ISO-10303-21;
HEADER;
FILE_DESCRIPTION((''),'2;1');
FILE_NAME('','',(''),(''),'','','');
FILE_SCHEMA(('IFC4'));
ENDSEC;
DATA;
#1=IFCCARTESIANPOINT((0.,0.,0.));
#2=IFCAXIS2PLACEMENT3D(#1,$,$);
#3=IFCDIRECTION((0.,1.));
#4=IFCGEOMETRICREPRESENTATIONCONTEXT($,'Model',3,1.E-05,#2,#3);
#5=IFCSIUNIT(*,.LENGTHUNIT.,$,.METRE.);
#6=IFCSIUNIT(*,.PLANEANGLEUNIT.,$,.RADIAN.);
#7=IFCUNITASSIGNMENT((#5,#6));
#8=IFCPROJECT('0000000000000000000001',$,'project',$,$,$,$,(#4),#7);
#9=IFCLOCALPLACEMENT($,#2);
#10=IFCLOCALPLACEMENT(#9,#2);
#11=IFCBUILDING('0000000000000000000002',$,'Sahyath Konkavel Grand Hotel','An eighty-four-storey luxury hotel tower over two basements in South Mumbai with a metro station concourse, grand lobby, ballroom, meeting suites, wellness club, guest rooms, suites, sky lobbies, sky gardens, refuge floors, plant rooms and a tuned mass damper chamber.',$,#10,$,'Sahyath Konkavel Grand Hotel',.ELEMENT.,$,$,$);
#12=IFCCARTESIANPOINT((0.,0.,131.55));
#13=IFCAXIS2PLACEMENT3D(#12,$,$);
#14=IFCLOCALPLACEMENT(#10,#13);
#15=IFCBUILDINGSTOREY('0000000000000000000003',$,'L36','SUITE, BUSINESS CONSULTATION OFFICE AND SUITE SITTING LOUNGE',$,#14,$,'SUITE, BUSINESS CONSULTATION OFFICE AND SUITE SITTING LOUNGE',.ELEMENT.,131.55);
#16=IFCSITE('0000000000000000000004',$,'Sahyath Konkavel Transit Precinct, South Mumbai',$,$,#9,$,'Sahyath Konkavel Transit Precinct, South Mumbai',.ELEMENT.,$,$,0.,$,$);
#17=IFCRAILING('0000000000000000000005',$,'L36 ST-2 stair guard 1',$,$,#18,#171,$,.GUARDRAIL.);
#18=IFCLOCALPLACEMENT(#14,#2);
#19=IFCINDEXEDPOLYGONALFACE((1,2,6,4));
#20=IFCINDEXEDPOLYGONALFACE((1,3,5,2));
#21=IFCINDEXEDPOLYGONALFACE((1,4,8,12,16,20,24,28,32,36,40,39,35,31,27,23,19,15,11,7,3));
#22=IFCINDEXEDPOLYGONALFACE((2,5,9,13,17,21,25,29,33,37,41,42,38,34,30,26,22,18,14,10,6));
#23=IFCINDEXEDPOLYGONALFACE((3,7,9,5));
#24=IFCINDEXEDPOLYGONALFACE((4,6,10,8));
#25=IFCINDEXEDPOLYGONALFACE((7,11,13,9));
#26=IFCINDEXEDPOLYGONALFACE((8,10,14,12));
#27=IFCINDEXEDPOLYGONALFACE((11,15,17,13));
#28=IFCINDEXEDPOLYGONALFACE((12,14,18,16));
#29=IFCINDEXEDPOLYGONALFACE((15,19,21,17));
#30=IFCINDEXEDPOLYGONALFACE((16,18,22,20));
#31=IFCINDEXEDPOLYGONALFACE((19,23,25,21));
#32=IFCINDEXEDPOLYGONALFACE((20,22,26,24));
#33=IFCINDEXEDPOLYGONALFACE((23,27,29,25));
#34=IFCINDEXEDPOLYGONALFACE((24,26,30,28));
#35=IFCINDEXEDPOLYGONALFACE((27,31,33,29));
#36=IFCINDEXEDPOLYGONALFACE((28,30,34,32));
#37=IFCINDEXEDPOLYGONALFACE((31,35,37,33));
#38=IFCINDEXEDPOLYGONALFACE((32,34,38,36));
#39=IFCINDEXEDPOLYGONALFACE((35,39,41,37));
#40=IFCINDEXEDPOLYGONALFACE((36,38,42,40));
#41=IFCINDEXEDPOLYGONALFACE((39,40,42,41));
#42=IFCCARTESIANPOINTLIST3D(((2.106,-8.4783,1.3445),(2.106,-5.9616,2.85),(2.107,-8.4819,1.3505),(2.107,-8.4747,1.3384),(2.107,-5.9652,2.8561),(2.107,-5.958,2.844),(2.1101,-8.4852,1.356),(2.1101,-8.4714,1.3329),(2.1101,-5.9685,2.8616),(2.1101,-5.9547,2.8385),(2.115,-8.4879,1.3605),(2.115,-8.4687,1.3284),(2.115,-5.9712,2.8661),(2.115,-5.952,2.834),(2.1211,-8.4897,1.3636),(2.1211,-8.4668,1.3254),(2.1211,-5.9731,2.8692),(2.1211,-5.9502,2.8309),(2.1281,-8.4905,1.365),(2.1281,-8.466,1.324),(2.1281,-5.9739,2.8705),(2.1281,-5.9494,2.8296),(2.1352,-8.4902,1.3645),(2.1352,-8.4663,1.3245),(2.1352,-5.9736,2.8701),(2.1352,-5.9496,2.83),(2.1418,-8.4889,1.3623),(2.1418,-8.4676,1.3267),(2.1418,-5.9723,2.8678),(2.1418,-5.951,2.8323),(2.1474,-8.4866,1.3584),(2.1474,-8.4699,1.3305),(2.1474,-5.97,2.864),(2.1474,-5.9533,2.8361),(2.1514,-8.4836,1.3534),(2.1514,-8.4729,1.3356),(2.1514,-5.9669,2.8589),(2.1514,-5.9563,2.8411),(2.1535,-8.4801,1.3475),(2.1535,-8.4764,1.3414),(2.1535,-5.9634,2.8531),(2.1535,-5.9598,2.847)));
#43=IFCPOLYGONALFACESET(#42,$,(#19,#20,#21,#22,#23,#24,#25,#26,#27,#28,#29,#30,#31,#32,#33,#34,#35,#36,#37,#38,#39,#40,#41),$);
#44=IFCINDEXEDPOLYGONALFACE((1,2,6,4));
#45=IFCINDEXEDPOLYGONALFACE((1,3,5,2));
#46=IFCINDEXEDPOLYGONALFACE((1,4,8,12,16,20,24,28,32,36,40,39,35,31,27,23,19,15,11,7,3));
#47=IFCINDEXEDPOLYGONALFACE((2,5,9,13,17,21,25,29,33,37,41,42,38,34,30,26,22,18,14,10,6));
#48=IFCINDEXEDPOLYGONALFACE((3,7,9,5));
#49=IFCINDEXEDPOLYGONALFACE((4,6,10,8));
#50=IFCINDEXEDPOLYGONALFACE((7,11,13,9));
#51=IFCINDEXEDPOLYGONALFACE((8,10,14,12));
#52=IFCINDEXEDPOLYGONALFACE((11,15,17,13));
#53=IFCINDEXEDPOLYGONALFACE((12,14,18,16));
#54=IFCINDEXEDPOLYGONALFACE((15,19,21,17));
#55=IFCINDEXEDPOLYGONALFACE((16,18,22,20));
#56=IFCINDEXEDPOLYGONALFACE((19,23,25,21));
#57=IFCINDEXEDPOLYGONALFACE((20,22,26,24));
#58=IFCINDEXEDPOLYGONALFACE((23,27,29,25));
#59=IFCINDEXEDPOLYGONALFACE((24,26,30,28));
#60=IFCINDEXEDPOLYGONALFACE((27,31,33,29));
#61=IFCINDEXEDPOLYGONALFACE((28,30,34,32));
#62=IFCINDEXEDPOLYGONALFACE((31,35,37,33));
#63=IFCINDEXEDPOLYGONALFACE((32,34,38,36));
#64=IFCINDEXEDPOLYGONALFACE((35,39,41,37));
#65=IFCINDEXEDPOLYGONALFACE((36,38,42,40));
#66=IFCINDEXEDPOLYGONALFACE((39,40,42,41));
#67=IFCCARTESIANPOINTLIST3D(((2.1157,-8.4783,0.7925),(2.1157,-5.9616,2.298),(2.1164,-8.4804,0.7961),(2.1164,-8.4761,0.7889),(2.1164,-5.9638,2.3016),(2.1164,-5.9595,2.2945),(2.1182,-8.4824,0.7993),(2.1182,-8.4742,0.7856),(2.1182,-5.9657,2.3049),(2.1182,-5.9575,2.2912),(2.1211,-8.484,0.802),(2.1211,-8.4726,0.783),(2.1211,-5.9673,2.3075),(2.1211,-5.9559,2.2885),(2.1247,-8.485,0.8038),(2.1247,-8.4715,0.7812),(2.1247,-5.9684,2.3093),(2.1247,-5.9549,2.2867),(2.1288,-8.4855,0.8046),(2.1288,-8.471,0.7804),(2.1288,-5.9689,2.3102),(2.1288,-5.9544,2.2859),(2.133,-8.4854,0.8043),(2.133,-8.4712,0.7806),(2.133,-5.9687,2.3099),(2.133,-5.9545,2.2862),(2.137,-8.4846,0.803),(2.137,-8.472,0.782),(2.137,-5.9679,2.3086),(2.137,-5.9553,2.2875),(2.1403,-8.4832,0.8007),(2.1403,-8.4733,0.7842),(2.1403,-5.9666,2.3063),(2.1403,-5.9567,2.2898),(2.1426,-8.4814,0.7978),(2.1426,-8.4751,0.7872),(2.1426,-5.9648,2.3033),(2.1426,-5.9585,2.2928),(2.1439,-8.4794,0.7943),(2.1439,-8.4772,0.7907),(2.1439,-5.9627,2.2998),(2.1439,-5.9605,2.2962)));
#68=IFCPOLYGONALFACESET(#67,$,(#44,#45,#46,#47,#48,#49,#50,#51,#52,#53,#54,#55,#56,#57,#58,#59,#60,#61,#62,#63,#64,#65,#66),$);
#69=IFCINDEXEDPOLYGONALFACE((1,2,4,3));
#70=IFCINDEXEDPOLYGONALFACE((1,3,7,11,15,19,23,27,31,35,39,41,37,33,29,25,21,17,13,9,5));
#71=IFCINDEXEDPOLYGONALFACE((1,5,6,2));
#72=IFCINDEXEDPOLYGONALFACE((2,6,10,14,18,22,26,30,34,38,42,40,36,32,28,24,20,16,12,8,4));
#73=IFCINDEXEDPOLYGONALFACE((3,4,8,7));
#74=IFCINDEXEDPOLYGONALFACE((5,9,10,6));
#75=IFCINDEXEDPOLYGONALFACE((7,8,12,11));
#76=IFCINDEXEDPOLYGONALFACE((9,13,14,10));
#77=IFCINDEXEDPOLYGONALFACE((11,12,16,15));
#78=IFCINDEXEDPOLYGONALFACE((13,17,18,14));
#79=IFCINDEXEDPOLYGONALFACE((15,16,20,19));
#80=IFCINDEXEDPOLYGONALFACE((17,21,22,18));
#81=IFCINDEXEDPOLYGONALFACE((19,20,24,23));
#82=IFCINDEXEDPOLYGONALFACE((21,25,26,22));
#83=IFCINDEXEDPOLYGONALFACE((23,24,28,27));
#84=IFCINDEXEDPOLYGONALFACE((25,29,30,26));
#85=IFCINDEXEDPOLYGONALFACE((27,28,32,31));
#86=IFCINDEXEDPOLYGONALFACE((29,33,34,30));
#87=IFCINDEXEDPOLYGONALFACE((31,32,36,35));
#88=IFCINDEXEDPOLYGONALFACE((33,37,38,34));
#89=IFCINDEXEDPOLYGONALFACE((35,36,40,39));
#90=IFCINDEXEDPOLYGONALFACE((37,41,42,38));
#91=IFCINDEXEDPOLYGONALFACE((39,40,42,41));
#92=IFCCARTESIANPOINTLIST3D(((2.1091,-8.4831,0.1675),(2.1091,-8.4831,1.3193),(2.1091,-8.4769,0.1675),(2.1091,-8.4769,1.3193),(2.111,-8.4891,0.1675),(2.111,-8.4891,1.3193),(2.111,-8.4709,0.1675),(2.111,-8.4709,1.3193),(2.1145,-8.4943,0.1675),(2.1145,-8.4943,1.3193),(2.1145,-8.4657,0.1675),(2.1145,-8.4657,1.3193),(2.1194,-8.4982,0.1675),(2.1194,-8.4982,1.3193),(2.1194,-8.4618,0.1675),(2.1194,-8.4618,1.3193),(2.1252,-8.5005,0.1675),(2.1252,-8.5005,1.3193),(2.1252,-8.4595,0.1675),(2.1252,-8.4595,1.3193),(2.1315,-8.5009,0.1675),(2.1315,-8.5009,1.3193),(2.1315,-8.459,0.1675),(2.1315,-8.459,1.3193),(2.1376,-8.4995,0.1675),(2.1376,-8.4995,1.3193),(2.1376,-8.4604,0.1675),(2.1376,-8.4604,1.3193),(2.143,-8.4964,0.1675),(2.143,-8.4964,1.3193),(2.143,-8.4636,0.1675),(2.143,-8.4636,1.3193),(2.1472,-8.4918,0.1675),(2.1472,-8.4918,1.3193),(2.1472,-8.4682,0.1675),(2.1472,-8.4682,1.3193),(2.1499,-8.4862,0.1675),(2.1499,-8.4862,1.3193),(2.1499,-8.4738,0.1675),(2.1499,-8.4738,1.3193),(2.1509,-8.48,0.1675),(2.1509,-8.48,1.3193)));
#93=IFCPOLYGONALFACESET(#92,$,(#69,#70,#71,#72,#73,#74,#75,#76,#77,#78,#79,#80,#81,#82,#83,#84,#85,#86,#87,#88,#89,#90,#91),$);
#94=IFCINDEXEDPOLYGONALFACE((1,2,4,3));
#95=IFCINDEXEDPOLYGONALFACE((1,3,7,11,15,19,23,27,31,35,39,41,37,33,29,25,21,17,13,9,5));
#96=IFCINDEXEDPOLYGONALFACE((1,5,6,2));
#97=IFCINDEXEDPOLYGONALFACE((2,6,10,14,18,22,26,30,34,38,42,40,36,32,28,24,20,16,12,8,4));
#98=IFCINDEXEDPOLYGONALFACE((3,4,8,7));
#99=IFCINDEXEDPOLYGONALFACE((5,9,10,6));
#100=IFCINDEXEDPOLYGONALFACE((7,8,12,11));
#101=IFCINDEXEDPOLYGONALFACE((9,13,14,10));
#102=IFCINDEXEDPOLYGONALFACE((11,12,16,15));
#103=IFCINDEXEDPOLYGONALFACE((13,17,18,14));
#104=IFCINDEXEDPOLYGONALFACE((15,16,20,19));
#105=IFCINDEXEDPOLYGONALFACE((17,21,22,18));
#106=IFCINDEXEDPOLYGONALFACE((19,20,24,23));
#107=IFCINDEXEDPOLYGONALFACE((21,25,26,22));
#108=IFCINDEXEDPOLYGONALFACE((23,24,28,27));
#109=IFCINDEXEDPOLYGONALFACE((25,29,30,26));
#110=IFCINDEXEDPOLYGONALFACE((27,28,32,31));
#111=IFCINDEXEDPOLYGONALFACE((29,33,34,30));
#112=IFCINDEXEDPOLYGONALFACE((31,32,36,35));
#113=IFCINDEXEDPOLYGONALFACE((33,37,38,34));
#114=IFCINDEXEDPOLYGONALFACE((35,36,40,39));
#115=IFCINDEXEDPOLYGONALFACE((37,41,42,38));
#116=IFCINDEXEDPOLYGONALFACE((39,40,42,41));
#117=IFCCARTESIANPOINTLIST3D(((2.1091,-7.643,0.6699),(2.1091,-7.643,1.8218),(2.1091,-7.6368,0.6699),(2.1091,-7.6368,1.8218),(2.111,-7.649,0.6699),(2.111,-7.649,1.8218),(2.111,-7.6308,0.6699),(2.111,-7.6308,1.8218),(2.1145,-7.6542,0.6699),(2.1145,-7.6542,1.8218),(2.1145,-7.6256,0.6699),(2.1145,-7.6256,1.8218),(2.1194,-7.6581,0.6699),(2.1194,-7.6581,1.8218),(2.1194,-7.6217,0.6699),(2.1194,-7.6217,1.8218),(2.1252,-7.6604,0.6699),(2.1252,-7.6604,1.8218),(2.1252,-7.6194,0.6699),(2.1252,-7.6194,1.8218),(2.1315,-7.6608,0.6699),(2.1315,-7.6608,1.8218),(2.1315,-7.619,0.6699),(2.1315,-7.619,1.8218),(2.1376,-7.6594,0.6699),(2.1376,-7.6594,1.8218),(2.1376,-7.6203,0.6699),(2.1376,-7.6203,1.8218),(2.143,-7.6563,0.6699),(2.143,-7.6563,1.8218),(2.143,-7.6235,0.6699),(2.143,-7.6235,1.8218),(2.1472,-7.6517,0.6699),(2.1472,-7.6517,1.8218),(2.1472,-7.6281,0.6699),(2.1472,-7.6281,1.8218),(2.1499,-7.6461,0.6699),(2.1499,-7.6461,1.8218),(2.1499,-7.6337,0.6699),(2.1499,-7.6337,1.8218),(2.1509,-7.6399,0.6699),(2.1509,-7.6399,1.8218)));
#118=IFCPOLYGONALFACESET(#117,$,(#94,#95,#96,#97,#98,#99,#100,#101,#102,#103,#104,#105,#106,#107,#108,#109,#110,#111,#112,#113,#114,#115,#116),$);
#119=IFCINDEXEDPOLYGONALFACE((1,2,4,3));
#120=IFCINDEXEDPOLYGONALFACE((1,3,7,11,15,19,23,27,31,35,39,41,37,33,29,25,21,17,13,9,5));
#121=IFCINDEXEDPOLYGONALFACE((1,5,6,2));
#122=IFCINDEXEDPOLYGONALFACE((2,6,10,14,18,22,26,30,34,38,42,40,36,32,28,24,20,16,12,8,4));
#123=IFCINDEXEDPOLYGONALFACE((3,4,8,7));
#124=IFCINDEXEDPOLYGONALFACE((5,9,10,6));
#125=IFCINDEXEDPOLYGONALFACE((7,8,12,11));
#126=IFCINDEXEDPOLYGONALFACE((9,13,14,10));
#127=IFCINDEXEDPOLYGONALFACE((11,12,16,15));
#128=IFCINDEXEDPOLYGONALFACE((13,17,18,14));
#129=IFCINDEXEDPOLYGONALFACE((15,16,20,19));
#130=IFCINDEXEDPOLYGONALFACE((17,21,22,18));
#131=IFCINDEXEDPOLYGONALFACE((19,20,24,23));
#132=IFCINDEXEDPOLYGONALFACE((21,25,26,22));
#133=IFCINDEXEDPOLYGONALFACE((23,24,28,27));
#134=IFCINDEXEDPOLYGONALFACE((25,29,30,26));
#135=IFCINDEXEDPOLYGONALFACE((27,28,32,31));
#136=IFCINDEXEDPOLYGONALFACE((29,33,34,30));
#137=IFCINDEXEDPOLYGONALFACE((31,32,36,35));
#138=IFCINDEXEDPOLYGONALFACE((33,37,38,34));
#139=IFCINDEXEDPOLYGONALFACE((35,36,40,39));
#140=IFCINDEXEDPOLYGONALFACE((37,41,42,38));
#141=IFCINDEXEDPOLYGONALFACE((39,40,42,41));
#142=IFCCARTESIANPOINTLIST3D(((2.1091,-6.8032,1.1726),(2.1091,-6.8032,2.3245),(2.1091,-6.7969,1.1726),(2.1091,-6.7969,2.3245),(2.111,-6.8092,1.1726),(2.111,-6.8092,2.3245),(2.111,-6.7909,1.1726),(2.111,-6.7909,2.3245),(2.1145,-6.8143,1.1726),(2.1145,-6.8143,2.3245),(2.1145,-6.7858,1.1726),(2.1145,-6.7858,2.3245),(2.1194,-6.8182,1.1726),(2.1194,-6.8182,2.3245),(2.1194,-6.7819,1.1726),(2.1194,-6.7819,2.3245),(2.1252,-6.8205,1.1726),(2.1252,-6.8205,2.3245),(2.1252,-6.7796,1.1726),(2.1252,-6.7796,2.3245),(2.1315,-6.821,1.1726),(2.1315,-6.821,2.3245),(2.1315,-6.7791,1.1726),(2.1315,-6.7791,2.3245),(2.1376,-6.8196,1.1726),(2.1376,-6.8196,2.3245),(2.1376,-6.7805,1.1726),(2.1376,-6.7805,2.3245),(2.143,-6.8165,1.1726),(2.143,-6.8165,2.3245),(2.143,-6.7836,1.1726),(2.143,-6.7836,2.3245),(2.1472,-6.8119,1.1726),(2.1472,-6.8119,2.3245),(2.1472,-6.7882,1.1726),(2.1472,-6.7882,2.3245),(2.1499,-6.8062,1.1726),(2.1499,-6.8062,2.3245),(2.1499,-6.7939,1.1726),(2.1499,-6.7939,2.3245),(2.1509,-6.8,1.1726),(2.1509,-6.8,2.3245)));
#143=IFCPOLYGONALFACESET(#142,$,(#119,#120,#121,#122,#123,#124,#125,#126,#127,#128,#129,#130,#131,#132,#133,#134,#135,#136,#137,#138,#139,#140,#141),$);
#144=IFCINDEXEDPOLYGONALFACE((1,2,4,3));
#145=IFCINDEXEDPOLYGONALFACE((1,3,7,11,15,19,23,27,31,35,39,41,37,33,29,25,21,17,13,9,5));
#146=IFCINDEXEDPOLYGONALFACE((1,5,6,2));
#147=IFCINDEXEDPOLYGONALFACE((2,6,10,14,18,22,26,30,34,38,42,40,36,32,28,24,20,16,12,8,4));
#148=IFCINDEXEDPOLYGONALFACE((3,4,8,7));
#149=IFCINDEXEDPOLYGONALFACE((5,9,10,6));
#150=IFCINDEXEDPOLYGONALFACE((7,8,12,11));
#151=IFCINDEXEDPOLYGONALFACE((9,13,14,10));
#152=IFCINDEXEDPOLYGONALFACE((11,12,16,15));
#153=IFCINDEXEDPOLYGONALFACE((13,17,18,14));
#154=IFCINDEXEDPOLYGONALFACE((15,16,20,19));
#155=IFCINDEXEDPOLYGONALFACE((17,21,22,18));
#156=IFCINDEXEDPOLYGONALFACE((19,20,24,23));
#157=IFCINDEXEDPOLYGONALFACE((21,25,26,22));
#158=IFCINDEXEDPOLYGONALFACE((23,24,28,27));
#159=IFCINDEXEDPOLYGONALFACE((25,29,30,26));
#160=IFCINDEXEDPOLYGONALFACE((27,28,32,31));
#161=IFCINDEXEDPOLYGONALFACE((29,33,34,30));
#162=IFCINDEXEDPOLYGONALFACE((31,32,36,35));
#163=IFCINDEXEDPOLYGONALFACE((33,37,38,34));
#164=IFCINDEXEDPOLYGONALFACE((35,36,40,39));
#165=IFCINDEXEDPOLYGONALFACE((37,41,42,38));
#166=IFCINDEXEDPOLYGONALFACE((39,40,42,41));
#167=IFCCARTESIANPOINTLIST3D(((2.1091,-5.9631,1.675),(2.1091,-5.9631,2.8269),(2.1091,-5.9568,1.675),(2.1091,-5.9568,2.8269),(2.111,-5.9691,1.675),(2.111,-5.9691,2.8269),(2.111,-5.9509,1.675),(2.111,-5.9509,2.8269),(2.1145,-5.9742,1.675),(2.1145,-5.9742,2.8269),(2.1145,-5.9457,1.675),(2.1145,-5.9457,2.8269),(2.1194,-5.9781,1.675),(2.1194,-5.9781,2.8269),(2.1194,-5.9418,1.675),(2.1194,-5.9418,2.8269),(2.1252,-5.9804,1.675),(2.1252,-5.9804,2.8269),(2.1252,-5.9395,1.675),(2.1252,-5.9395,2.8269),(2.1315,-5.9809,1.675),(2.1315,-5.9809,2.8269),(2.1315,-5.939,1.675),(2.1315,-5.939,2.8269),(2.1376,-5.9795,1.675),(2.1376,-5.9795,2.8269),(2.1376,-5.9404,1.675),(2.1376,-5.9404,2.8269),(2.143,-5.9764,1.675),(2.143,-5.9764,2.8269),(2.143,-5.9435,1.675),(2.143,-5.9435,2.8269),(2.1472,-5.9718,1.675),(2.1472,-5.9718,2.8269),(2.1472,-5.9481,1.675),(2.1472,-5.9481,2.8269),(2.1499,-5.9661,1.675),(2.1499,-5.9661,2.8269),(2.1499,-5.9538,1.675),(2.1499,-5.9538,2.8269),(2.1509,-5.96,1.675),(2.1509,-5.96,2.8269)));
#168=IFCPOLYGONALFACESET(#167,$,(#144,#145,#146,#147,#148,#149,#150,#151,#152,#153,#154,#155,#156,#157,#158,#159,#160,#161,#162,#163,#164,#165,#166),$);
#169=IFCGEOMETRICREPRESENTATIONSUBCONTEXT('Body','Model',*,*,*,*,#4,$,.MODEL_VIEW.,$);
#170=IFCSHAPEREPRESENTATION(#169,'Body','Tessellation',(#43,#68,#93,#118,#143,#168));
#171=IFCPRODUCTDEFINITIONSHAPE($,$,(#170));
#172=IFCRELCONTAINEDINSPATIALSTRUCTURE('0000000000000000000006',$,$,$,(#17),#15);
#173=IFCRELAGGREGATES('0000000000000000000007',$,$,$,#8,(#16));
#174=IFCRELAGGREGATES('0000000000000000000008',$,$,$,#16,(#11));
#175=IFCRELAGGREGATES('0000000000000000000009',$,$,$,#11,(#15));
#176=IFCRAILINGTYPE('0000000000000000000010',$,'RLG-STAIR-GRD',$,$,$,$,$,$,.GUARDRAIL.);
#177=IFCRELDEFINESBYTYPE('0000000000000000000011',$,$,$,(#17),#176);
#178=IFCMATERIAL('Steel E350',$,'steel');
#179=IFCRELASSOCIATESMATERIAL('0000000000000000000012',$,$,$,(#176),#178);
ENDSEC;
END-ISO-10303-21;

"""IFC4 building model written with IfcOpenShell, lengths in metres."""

from ifc_helpers import new_model, si_unit, direction, frame, origin, origin_2d, place, context, subcontext, project, spatial, circle, extrude, material, type_object, element, save


model = new_model("IFC4")

# Units and contexts
model_context = context("Model", 3, precision=1e-05, world=origin(), true_north=direction((0.0, 1.0)))
body_context = subcontext(model_context, "Body", "Model", "MODEL_VIEW")
ifc_project = project(units=[si_unit("LENGTHUNIT", "METRE"), si_unit("PLANEANGLEUNIT", "RADIAN")], contexts=[model_context])

# Site, building, storey
site_placement = place(None, origin())
site = spatial("IfcSite", under=ifc_project, at=site_placement, Name="Sahyath Konkavel Transit Precinct, South Mumbai", LongName="Sahyath Konkavel Transit Precinct, South Mumbai", CompositionType="ELEMENT", RefElevation=0.0)
building_placement = place(site_placement, origin())
building = spatial("IfcBuilding", under=site, at=building_placement, Name="Sahyath Konkavel Grand Hotel", Description="An eighty-four-storey luxury hotel tower over two basements in South Mumbai with a metro station concourse, grand lobby, ballroom, meeting suites, wellness club, guest rooms, suites, sky lobbies, sky gardens, refuge floors, plant rooms and a tuned mass damper chamber.", LongName="Sahyath Konkavel Grand Hotel", CompositionType="ELEMENT")
storey_placement = place(building_placement, frame((0.0, 0.0, 131.55)))
storey = spatial("IfcBuildingStorey", under=building, at=storey_placement, Name="L36", Description="SUITE, BUSINESS CONSULTATION OFFICE AND SUITE SITTING LOUNGE", LongName="SUITE, BUSINESS CONSULTATION OFFICE AND SUITE SITTING LOUNGE", CompositionType="ELEMENT", Elevation=131.55)

# Shared definitions
ifc_material_1 = material(Name="Steel E350", Category="steel")

# Railing
railing_type_1 = type_object("IfcRailingType", Name="RLG-STAIR-GRD", PredefinedType="GUARDRAIL", material=ifc_material_1)
railing_1_placement = place(storey_placement, frame((2.1299, -8.48, 0.1675)))
element("IfcRailing", 1, at=railing_1_placement, inside=storey, type_object=railing_type_1, Name="L36 ST-2 stair guard 1", PredefinedType="GUARDRAIL", context=body_context, shape_type="SweptSolid", body=[
    extrude(circle(Radius=0.0239, at=origin_2d()), frame((0.0, 0.0017, 1.177), z_axis=(0.0, 0.85816, 0.513383), x_axis=(-1.0, 0.0, 0.0)), (0.0, 0.0, 1.0), 2.9326),
    extrude(circle(Radius=0.0142, at=origin_2d()), frame((0.0, 0.0017, 0.625), z_axis=(0.0, 0.85816, 0.513383), x_axis=(-1.0, 0.0, 0.0)), (0.0, 0.0, 1.0), 2.9326),
    extrude(circle(Radius=0.021, at=origin_2d()), origin(), (0.0, 0.0, 1.0), 1.1519),
    extrude(circle(Radius=0.021, at=origin_2d()), frame((0.0, 0.8401, 0.5024)), (0.0, 0.0, 1.0), 1.1519),
    extrude(circle(Radius=0.021, at=origin_2d()), frame((0.0, 1.6799, 1.0051)), (0.0, 0.0, 1.0), 1.1519),
    extrude(circle(Radius=0.021, at=origin_2d()), frame((0.0, 2.52, 1.5076)), (0.0, 0.0, 1.0), 1.1519),
])

save(model, "model.ifc")
